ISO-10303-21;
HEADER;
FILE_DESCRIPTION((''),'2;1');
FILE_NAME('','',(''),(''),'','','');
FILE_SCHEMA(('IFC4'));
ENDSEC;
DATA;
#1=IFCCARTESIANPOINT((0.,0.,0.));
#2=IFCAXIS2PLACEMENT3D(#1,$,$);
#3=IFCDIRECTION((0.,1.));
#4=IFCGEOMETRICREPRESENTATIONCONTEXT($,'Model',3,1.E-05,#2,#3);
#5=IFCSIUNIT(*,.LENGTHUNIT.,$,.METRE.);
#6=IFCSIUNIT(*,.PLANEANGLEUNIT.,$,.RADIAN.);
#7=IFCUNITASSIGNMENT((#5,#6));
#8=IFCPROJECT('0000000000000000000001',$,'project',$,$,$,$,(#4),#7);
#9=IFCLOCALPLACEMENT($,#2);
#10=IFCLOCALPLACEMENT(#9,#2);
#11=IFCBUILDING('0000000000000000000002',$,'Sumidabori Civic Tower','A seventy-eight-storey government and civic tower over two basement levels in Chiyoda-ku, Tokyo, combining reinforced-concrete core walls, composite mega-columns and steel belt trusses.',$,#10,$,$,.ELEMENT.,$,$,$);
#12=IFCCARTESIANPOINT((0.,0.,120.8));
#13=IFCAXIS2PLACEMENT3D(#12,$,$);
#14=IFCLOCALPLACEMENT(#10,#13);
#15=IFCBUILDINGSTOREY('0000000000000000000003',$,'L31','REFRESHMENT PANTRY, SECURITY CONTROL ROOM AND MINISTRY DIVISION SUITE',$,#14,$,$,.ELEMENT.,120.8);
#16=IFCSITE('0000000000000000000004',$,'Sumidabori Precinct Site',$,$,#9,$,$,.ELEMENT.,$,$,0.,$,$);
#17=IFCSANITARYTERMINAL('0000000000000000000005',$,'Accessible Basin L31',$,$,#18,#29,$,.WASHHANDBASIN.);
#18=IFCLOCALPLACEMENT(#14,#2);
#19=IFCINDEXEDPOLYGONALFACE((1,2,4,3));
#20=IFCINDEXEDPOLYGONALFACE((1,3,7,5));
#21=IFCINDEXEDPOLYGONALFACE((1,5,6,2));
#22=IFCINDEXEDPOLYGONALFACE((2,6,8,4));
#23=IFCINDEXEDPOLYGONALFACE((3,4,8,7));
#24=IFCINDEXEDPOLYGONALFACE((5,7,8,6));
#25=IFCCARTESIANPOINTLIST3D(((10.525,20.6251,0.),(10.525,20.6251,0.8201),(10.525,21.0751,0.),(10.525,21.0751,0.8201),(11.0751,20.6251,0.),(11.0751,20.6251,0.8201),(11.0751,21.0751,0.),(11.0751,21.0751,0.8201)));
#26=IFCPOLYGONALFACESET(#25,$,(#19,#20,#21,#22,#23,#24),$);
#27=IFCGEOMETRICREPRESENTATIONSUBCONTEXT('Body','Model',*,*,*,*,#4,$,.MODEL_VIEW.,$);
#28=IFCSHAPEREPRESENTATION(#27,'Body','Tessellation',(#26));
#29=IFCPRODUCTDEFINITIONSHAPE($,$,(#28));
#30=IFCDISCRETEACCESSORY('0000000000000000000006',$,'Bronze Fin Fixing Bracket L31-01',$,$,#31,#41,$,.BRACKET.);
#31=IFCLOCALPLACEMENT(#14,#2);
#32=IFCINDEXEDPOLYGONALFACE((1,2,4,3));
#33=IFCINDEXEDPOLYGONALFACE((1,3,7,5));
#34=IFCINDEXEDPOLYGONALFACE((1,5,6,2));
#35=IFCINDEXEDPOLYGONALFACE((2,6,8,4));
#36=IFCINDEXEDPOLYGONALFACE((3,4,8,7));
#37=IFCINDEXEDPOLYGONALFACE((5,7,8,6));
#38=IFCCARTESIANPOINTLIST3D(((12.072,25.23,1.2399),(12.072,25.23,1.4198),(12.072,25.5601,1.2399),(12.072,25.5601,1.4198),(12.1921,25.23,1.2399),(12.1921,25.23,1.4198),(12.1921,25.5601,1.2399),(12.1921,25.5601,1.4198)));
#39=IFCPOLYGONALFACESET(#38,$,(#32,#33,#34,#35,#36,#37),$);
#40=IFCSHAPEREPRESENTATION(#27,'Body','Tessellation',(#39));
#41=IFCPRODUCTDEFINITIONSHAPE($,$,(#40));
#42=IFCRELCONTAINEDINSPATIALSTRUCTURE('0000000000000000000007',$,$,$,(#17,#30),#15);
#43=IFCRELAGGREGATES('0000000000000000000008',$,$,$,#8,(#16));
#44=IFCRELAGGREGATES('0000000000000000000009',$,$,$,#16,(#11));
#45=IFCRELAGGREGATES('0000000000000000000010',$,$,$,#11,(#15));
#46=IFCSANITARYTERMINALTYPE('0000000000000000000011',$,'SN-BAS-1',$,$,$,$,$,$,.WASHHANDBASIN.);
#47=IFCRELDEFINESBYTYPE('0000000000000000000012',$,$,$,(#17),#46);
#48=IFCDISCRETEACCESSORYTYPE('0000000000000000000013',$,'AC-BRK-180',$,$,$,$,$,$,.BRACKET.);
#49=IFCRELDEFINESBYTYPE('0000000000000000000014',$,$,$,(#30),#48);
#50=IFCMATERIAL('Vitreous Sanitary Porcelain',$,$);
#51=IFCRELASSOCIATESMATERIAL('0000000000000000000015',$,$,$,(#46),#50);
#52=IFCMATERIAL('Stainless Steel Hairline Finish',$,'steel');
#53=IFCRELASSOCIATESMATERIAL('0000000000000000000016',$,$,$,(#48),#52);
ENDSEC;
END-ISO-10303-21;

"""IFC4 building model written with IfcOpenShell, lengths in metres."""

from ifc_helpers import new_model, si_unit, direction, frame, origin, origin_2d, place, context, subcontext, project, spatial, rectangle, extrude, source, transform, mapped, material, material_profile, profile_set, type_object, element, save


model = new_model("IFC4")

# Units and contexts
model_context = context("Model", 3, precision=1e-05, world=origin(), true_north=direction((0.0, 1.0)))
body_context = subcontext(model_context, "Body", "Model", "MODEL_VIEW")
ifc_project = project(units=[si_unit("LENGTHUNIT", "METRE"), si_unit("PLANEANGLEUNIT", "RADIAN")], contexts=[model_context])

# Site, building, storey
site_placement = place(None, origin())
site = spatial("IfcSite", under=ifc_project, at=site_placement, Name="Sumidabori Precinct Site", CompositionType="ELEMENT", RefElevation=0.0)
building_placement = place(site_placement, origin())
building = spatial("IfcBuilding", under=site, at=building_placement, Name="Sumidabori Civic Tower", Description="A seventy-eight-storey government and civic tower over two basement levels in Chiyoda-ku, Tokyo, combining reinforced-concrete core walls, composite mega-columns and steel belt trusses.", CompositionType="ELEMENT")
storey_placement = place(building_placement, frame((0.0, 0.0, 120.8)))
storey = spatial("IfcBuildingStorey", under=building, at=storey_placement, Name="L31", Description="REFRESHMENT PANTRY, SECURITY CONTROL ROOM AND MINISTRY DIVISION SUITE", CompositionType="ELEMENT", Elevation=120.8)

# Shared definitions
ifc_material_1 = material(Name="Stainless Steel Hairline Finish", Category="steel")

# Sanitary terminal
ifc_material_2 = material(Name="Vitreous Sanitary Porcelain")
sanitary_terminal_type_1 = type_object("IfcSanitaryTerminalType", Name="SN-BAS-1", PredefinedType="WASHHANDBASIN", material=ifc_material_2)
shared_shape_1 = source(origin(), body_context, "Body", "SweptSolid", [
    extrude(rectangle(XDim=0.55, YDim=0.45, at=origin_2d()), origin(), (0.0, 0.0, 1.0), 0.8201),
])
sanitary_terminal_1_placement = place(storey_placement, frame((10.8, 20.8501, 0.0), z_axis=(0.0, 0.0, 1.0), x_axis=(1.0, 0.0, 0.0)))
element("IfcSanitaryTerminal", 1, at=sanitary_terminal_1_placement, inside=storey, type_object=sanitary_terminal_type_1, Name="Accessible Basin L31", PredefinedType="WASHHANDBASIN", context=body_context, shape_type="MappedRepresentation", body=[
    mapped(shared_shape_1, transform((0.0, 0.0, 0.0), x_axis=(1.0, 0.0, 0.0), y_axis=(0.0, 1.0, 0.0), z_axis=(0.0, 0.0, 1.0), scale=1.0)),
])

# Discrete accessory
ifc_material_profile_1 = material_profile(ifc_material_1, rectangle(XDim=0.1201, YDim=0.1799, at=origin_2d()), Name="STEEL BRACKET 180x120")
ifc_profile_set_1 = profile_set([ifc_material_profile_1], Name="Stainless Steel Hairline Finish")
discrete_accessory_type = type_object("IfcDiscreteAccessoryType", Name="AC-BRK-180", PredefinedType="BRACKET", material=ifc_profile_set_1)
shared_shape_2 = source(origin(), body_context, "Body", "SweptSolid", [
    extrude(rectangle(XDim=0.1201, YDim=0.1799, at=origin_2d()), origin(), (0.0, 0.0, 1.0), 0.3301),
])
discrete_accessory_placement = place(storey_placement, frame((12.1321, 25.23, 1.3298), z_axis=(0.0, 1.0, 0.0), x_axis=(-1.0, 0.0, 0.0)))
element("IfcDiscreteAccessory", 2, at=discrete_accessory_placement, inside=storey, type_object=discrete_accessory_type, Name="Bronze Fin Fixing Bracket L31-01", PredefinedType="BRACKET", context=body_context, shape_type="MappedRepresentation", body=[
    mapped(shared_shape_2, transform((0.0, 0.0, 0.0), x_axis=(1.0, 0.0, 0.0), y_axis=(0.0, 1.0, 0.0), z_axis=(0.0, 0.0, 1.0), scale=1.0)),
])

save(model, "model.ifc")
